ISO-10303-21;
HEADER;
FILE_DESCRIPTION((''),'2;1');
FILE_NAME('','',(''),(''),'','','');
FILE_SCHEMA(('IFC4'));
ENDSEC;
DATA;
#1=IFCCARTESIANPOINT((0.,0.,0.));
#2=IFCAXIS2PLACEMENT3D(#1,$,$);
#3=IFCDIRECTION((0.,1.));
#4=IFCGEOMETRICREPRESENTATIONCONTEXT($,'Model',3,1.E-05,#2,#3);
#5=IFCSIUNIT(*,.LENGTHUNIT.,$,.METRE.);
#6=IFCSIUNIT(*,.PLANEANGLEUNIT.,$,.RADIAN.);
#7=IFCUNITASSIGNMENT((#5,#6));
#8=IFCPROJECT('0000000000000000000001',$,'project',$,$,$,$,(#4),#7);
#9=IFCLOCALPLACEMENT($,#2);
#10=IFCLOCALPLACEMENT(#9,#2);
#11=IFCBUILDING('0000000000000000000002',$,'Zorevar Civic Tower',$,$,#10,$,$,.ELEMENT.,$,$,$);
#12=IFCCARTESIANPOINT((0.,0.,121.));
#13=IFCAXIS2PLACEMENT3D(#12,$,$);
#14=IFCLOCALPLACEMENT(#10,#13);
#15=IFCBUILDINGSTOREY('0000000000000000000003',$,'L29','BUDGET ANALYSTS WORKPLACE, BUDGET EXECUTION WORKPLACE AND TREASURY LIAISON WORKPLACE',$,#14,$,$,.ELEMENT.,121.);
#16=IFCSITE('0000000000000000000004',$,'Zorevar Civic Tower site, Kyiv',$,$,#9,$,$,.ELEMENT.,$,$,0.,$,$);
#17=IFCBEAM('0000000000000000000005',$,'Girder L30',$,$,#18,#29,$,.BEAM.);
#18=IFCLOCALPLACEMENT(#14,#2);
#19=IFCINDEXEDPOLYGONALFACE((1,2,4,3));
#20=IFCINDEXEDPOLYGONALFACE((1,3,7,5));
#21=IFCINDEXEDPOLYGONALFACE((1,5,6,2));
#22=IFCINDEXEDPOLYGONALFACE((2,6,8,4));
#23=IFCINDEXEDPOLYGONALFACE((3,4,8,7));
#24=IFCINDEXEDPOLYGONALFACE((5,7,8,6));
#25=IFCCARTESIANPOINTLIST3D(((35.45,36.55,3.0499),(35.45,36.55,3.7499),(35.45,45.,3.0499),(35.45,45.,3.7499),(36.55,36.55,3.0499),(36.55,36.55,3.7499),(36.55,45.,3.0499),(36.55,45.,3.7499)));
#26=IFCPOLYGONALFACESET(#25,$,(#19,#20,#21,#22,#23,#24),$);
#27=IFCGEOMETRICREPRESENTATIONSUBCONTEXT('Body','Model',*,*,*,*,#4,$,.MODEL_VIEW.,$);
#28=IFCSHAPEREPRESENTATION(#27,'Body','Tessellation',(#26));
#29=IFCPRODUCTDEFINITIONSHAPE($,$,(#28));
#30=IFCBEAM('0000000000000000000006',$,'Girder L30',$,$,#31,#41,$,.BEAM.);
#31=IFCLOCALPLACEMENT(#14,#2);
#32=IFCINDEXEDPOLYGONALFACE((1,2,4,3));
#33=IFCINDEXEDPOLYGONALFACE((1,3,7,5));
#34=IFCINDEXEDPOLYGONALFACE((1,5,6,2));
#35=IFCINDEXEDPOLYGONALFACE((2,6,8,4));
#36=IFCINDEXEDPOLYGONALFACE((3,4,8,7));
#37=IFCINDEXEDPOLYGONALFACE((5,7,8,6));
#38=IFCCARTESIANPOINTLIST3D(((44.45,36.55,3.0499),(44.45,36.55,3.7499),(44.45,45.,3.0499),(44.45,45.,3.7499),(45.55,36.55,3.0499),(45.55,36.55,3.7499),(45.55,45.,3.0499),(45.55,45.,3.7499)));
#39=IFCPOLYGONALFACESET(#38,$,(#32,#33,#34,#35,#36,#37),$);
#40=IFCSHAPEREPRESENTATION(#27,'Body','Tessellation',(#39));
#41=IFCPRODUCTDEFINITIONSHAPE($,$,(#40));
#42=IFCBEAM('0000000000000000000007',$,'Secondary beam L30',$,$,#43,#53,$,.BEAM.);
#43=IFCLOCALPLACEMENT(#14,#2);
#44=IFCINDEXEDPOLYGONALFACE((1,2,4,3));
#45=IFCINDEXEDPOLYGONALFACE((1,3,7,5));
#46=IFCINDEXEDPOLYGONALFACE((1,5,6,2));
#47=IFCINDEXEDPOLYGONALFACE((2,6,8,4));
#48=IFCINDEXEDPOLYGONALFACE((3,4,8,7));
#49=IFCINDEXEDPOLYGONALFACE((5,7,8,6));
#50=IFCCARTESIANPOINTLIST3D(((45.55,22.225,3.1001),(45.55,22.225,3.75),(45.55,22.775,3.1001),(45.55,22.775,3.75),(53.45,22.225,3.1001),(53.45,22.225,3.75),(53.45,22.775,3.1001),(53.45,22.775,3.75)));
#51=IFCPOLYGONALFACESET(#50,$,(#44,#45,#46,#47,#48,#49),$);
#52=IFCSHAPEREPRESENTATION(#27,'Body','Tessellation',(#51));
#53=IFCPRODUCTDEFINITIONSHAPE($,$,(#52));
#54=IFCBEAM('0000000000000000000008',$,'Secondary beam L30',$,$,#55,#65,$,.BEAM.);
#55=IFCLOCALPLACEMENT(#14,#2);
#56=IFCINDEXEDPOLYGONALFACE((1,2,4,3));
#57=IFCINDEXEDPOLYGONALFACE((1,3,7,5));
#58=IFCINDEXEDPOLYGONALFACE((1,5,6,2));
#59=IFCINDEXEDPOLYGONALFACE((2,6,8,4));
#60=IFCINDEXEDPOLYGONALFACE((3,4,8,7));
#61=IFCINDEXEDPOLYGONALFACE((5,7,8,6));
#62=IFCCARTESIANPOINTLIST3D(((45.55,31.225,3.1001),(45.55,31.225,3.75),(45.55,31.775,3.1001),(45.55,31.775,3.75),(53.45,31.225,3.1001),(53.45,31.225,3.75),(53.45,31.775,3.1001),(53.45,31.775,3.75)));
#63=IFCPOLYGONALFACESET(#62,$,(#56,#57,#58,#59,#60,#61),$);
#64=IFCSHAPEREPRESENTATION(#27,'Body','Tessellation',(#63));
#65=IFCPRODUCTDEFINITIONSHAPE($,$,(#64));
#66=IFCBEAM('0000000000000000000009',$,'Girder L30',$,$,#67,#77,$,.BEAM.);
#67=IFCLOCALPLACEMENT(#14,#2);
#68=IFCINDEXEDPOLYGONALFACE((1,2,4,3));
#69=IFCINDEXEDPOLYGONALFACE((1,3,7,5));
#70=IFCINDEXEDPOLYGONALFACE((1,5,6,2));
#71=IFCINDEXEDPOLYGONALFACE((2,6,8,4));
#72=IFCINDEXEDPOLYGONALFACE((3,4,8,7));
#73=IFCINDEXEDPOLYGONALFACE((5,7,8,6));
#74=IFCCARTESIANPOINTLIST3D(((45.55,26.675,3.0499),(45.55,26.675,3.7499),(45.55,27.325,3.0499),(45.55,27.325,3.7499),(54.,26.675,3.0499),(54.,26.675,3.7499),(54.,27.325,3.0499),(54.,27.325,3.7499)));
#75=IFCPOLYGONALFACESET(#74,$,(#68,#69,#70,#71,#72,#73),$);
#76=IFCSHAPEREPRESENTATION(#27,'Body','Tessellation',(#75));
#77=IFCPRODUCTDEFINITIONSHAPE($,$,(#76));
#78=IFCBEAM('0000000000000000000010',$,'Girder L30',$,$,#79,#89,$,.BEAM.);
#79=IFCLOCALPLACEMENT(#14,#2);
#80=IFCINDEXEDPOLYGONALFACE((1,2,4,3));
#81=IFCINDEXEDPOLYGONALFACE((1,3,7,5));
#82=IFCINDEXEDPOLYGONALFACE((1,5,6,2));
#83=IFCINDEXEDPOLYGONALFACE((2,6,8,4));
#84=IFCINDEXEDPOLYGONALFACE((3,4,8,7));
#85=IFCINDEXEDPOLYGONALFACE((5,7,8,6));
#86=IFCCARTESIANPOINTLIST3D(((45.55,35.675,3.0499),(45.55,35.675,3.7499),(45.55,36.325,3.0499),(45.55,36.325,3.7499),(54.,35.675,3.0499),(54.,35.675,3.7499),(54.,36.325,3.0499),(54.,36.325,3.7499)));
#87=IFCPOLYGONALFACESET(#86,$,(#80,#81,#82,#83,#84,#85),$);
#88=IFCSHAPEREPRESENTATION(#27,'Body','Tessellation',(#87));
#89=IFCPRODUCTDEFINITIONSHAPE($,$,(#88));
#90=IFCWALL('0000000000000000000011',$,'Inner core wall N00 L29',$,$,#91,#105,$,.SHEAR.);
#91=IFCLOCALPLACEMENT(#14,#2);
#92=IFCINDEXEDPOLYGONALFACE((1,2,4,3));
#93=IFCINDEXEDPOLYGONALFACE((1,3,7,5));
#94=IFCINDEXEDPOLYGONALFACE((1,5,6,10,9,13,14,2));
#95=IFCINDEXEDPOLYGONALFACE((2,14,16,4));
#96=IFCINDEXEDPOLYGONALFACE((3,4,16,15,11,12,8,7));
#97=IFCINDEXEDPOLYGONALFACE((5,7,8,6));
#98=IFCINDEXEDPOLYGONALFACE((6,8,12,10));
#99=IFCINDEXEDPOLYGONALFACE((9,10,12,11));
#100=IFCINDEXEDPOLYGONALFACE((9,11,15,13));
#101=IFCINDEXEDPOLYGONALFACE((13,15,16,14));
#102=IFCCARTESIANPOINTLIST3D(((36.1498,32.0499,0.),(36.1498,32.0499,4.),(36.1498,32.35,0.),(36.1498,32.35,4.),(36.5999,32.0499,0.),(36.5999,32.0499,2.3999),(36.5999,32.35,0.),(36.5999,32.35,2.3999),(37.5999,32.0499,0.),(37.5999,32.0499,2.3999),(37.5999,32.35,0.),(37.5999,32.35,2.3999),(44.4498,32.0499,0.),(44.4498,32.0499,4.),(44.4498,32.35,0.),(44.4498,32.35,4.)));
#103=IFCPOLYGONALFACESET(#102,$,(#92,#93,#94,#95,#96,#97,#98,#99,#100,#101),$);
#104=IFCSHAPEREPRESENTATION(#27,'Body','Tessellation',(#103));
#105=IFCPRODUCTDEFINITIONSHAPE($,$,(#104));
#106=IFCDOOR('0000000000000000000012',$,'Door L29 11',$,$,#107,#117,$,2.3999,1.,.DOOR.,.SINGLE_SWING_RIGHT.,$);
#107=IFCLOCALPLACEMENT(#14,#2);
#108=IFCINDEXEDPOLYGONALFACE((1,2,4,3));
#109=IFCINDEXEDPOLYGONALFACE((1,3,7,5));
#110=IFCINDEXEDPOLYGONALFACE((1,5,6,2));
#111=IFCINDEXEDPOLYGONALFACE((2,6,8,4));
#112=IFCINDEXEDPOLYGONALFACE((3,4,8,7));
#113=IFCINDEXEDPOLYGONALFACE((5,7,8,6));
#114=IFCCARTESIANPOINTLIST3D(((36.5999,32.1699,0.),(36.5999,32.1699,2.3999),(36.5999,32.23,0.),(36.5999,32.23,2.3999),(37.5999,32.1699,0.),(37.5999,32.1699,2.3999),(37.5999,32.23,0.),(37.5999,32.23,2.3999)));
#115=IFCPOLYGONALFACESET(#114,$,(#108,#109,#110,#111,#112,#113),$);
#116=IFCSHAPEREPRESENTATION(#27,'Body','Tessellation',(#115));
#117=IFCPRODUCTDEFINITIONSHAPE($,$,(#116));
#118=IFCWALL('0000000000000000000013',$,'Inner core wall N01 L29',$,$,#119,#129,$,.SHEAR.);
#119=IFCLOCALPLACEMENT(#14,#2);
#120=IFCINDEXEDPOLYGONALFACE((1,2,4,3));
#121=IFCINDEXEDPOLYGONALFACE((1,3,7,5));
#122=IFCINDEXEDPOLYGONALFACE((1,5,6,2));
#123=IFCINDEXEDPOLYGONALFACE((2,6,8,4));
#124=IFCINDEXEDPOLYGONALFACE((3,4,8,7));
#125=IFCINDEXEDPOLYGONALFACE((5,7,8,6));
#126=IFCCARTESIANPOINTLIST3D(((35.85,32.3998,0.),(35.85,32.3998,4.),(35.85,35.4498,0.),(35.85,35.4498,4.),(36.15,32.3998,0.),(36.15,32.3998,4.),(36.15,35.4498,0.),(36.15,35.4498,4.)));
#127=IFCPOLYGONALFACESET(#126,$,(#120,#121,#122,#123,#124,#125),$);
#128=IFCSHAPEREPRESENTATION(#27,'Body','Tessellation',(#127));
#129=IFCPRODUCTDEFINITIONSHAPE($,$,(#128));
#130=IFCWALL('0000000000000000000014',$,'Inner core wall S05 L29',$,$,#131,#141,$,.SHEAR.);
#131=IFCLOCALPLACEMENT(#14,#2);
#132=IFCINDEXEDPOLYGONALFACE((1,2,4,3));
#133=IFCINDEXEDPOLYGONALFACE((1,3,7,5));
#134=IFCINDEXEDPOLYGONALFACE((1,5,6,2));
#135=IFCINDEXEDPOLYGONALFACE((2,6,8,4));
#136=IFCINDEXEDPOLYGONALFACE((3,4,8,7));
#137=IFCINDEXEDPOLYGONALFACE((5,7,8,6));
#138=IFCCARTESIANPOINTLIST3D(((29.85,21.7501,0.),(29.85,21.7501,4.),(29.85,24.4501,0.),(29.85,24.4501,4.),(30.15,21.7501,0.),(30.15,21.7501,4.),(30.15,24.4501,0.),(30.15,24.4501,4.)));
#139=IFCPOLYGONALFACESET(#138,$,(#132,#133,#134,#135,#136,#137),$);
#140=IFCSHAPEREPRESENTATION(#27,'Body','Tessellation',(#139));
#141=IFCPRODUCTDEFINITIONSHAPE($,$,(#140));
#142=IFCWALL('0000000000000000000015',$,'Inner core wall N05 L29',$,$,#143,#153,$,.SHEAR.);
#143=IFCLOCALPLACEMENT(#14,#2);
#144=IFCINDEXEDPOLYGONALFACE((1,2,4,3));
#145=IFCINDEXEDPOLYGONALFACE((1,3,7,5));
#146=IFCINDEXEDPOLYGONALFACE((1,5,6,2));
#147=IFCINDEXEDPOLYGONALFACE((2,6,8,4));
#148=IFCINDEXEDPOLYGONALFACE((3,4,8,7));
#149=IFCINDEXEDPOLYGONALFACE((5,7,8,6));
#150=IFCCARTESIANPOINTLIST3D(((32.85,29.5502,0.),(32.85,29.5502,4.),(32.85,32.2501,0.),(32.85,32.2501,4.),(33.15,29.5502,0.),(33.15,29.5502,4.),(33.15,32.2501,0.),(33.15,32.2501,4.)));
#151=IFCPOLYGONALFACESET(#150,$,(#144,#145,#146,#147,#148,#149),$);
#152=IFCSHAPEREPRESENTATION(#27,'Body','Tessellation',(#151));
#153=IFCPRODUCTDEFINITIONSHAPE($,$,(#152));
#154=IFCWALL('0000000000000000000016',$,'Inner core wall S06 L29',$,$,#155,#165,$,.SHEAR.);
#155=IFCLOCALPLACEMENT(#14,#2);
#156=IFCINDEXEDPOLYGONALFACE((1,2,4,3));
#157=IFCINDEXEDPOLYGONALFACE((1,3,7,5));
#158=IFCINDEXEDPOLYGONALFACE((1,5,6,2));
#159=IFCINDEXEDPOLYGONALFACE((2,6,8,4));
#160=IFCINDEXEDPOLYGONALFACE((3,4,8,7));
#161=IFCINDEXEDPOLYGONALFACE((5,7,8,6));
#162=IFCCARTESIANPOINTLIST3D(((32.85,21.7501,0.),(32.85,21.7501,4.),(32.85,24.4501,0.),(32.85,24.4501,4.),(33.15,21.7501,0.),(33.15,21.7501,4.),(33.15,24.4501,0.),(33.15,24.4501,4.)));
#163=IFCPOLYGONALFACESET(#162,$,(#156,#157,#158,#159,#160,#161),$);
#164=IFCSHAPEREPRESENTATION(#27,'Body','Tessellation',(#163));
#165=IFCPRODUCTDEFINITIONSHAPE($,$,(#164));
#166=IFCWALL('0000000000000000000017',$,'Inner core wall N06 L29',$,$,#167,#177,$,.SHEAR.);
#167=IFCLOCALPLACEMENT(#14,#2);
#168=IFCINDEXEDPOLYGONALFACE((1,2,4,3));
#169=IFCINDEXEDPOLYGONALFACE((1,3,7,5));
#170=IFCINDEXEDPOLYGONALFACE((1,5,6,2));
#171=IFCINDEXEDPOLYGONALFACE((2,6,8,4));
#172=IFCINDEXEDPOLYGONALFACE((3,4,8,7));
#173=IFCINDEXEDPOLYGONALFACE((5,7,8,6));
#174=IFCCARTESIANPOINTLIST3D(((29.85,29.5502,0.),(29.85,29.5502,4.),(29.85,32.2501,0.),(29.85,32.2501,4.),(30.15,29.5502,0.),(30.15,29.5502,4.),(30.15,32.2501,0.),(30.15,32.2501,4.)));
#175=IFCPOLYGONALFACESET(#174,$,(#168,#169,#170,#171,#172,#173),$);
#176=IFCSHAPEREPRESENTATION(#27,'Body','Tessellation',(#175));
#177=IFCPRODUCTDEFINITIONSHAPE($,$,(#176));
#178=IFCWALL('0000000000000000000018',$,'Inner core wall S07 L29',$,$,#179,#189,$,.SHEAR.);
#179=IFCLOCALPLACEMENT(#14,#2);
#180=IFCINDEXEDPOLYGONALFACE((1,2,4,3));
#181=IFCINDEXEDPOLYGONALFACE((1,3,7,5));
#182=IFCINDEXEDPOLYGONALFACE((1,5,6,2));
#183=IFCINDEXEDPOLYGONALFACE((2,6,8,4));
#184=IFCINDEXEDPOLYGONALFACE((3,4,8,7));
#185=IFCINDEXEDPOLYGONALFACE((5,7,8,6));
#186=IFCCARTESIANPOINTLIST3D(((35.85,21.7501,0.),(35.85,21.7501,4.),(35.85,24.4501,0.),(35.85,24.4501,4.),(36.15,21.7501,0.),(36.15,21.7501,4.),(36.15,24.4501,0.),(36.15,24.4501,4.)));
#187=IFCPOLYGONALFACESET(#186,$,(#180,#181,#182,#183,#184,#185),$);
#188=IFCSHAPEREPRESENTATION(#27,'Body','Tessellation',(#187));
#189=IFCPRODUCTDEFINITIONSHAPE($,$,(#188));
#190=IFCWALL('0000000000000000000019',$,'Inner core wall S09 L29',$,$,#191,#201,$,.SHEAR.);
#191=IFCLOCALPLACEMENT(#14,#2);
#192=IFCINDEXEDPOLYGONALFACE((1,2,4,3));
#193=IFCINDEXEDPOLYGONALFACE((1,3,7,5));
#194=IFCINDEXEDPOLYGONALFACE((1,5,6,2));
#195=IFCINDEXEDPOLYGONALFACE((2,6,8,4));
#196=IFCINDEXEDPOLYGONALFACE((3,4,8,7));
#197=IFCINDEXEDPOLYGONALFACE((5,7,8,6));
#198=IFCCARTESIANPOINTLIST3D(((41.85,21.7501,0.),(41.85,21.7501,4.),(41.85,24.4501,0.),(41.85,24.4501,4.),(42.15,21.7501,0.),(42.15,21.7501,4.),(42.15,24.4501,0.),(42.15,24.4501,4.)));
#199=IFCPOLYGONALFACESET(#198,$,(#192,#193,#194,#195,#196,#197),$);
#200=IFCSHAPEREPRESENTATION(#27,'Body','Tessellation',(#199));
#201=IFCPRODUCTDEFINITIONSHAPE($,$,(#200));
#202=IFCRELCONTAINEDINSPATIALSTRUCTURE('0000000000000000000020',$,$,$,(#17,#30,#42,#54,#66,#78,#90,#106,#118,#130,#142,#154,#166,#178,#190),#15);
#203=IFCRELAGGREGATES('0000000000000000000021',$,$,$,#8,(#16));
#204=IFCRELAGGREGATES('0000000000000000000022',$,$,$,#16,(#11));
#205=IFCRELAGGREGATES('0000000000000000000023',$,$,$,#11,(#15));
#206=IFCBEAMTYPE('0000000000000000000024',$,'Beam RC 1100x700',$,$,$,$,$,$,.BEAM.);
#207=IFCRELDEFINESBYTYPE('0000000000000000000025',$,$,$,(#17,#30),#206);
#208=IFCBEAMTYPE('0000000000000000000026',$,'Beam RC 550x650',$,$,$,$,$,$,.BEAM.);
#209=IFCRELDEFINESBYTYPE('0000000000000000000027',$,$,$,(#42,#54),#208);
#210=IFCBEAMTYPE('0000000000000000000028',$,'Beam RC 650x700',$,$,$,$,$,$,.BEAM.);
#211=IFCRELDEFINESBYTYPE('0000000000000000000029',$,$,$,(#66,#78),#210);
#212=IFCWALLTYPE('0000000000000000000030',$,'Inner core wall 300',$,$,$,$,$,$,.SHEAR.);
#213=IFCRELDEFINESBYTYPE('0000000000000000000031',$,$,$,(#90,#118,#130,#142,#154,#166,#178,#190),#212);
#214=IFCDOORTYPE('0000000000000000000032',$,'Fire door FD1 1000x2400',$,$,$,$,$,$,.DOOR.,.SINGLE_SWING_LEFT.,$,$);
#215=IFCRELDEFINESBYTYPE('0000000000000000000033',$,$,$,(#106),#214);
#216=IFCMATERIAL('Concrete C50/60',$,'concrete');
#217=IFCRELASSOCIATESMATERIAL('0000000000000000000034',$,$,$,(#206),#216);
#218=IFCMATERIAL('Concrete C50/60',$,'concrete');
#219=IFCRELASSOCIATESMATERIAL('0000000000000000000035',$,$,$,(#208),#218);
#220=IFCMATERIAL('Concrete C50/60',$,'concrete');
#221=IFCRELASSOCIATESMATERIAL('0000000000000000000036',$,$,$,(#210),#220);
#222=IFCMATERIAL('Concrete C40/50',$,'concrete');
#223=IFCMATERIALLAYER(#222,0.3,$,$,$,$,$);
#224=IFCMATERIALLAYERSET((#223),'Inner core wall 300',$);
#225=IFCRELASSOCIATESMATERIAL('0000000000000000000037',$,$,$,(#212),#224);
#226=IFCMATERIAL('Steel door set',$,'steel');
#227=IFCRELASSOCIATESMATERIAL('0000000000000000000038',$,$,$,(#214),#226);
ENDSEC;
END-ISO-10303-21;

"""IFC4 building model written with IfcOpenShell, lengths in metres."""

from ifc_helpers import new_model, si_unit, direction, frame, frame_2d, origin, origin_2d, place, context, subcontext, project, spatial, rectangle, extrude, material, layer, layer_set, material_profile, profile_set, type_object, element, fill, save


model = new_model("IFC4")

# Units and contexts
model_context = context("Model", 3, precision=1e-05, world=origin(), true_north=direction((0.0, 1.0)))
body_context = subcontext(model_context, "Body", "Model", "MODEL_VIEW")
ifc_project = project(units=[si_unit("LENGTHUNIT", "METRE"), si_unit("PLANEANGLEUNIT", "RADIAN")], contexts=[model_context])

# Site, building, storey
site_placement = place(None, origin())
site = spatial("IfcSite", under=ifc_project, at=site_placement, Name="Zorevar Civic Tower site, Kyiv", CompositionType="ELEMENT", RefElevation=0.0)
building_placement = place(site_placement, origin())
building = spatial("IfcBuilding", under=site, at=building_placement, Name="Zorevar Civic Tower", CompositionType="ELEMENT")
storey_placement = place(building_placement, frame((0.0, 0.0, 121.0)))
storey = spatial("IfcBuildingStorey", under=building, at=storey_placement, Name="L29", Description="BUDGET ANALYSTS WORKPLACE, BUDGET EXECUTION WORKPLACE AND TREASURY LIAISON WORKPLACE", CompositionType="ELEMENT", Elevation=121.0)

# Beams
ifc_material_1 = material(Name="Concrete C50/60", Category="concrete")
ifc_material_profile_1 = material_profile(ifc_material_1, rectangle(XDim=1.1001, YDim=0.7, at=origin_2d()), Name="RC 1100x700")
ifc_profile_set_1 = profile_set([ifc_material_profile_1], Name="Concrete C50/60")
beam_type_1 = type_object("IfcBeamType", Name="Beam RC 1100x700", PredefinedType="BEAM", material=ifc_profile_set_1)
for number, where, z_axis, x_axis, name in (
    (1, (36.0, 36.55, 3.3999), (0.0, 1.0, 0.0), (-1.0, 0.0, 0.0), "Girder L30"),
    (2, (45.0, 36.55, 3.3999), (0.0, 1.0, 0.0), (-1.0, 0.0, 0.0), "Girder L30"),
):
    element("IfcBeam", number, at=place(storey_placement, frame(where, z_axis=z_axis, x_axis=x_axis)), inside=storey, type_object=beam_type_1, Name=name, PredefinedType="BEAM", context=body_context, shape_type="SweptSolid", body=[
        extrude(rectangle(XDim=1.1001, YDim=0.7, at=origin_2d()), origin(), (0.0, 0.0, 1.0), 8.45),
    ])
ifc_material_2 = material(Name="Concrete C50/60", Category="concrete")
ifc_material_profile_2 = material_profile(ifc_material_2, rectangle(XDim=0.55, YDim=0.6499, at=origin_2d()), Name="RC 550x650")
ifc_profile_set_2 = profile_set([ifc_material_profile_2], Name="Concrete C50/60")
beam_type_2 = type_object("IfcBeamType", Name="Beam RC 550x650", PredefinedType="BEAM", material=ifc_profile_set_2)
for number, where, z_axis, x_axis, name in (
    (3, (45.55, 22.5, 3.425), (1.0, 0.0, 0.0), (0.0, 1.0, 0.0), "Secondary beam L30"),
    (4, (45.55, 31.5, 3.425), (1.0, 0.0, 0.0), (0.0, 1.0, 0.0), "Secondary beam L30"),
):
    element("IfcBeam", number, at=place(storey_placement, frame(where, z_axis=z_axis, x_axis=x_axis)), inside=storey, type_object=beam_type_2, Name=name, PredefinedType="BEAM", context=body_context, shape_type="SweptSolid", body=[
        extrude(rectangle(XDim=0.55, YDim=0.6499, at=origin_2d()), origin(), (0.0, 0.0, 1.0), 7.8999),
    ])
ifc_material_3 = material(Name="Concrete C50/60", Category="concrete")
ifc_material_profile_3 = material_profile(ifc_material_3, rectangle(XDim=0.6499, YDim=0.7, at=origin_2d()), Name="RC 650x700")
ifc_profile_set_3 = profile_set([ifc_material_profile_3], Name="Concrete C50/60")
beam_type_3 = type_object("IfcBeamType", Name="Beam RC 650x700", PredefinedType="BEAM", material=ifc_profile_set_3)
for number, where, z_axis, x_axis, name in (
    (5, (45.55, 27.0, 3.3999), (1.0, 0.0, 0.0), (0.0, 1.0, 0.0), "Girder L30"),
    (6, (45.55, 36.0, 3.3999), (1.0, 0.0, 0.0), (0.0, 1.0, 0.0), "Girder L30"),
):
    element("IfcBeam", number, at=place(storey_placement, frame(where, z_axis=z_axis, x_axis=x_axis)), inside=storey, type_object=beam_type_3, Name=name, PredefinedType="BEAM", context=body_context, shape_type="SweptSolid", body=[
        extrude(rectangle(XDim=0.6499, YDim=0.7, at=origin_2d()), origin(), (0.0, 0.0, 1.0), 8.45),
    ])

# Wall, opening, door
ifc_material_4 = material(Name="Concrete C40/50", Category="concrete")
ifc_layer_1 = layer(ifc_material_4, 0.3)
ifc_layer_set_1 = layer_set([ifc_layer_1], Name="Inner core wall 300")
wall_type_1 = type_object("IfcWallType", Name="Inner core wall 300", PredefinedType="SHEAR", material=ifc_layer_set_1)
wall_1_placement = place(storey_placement, frame((36.1499, 32.2, 0.0), z_axis=(0.0, 0.0, 1.0), x_axis=(1.0, 0.0, 0.0)))
wall_1 = element("IfcWall", 7, at=wall_1_placement, inside=storey, type_object=wall_type_1, Name="Inner core wall N00 L29", PredefinedType="SHEAR", context=body_context, shape_type="SweptSolid", body=[
    extrude(rectangle(XDim=8.3, YDim=0.3, at=frame_2d((4.1499, 0.0))), origin(), (0.0, 0.0, 1.0), 4.0),
])
opening_1_placement = place(wall_1_placement, frame((0.45, 0.0, 0.0)))
opening_1 = element("IfcOpeningElement", 8, at=opening_1_placement, cuts=wall_1, PredefinedType="OPENING", context=body_context, shape_type="SweptSolid", body=[
    extrude(rectangle(XDim=1.0, YDim=2.3999, at=frame_2d((0.5, 1.2))), frame((0.0, 0.1599, 0.0), z_axis=(0.0, -1.0, 0.0), x_axis=(1.0, 0.0, 0.0)), (0.0, 0.0, 1.0), 0.3201),
])
ifc_material_5 = material(Name="Steel door set", Category="steel")
door_type_1 = type_object("IfcDoorType", Name="Fire door FD1 1000x2400", OperationType="SINGLE_SWING_LEFT", PredefinedType="DOOR", material=ifc_material_5)
door_1_placement = place(opening_1_placement, origin())
door_1 = element("IfcDoor", 9, at=door_1_placement, inside=storey, type_object=door_type_1, Name="Door L29 11", OperationType="SINGLE_SWING_RIGHT", OverallHeight=2.3999, OverallWidth=1.0, PredefinedType="DOOR", context=body_context, shape_type="SweptSolid", body=[
    extrude(rectangle(XDim=1.0, YDim=2.3999, at=frame_2d((0.5, 1.2))), frame((0.0, 0.03, 0.0), z_axis=(0.0, -1.0, 0.0), x_axis=(1.0, 0.0, 0.0)), (0.0, 0.0, 1.0), 0.0601),
])
fill(opening_1, door_1)

# Wall
wall_2_placement = place(storey_placement, frame((36.0, 32.3999, 0.0), z_axis=(0.0, 0.0, 1.0), x_axis=(0.0, 1.0, 0.0)))
element("IfcWall", 10, at=wall_2_placement, inside=storey, type_object=wall_type_1, Name="Inner core wall N01 L29", PredefinedType="SHEAR", context=body_context, shape_type="SweptSolid", body=[
    extrude(rectangle(XDim=3.05, YDim=0.3, at=frame_2d((1.5249, 0.0))), origin(), (0.0, 0.0, 1.0), 4.0),
])

# Walls
for number, where, z_axis, x_axis, name in (
    (11, (30.0, 21.75, 0.0), (0.0, 0.0, 1.0), (0.0, 1.0, 0.0), "Inner core wall S05 L29"),
    (12, (33.0, 29.55, 0.0), (0.0, 0.0, 1.0), (0.0, 1.0, 0.0), "Inner core wall N05 L29"),
    (13, (33.0, 21.75, 0.0), (0.0, 0.0, 1.0), (0.0, 1.0, 0.0), "Inner core wall S06 L29"),
    (14, (30.0, 29.55, 0.0), (0.0, 0.0, 1.0), (0.0, 1.0, 0.0), "Inner core wall N06 L29"),
    (15, (36.0, 21.75, 0.0), (0.0, 0.0, 1.0), (0.0, 1.0, 0.0), "Inner core wall S07 L29"),
    (16, (42.0, 21.75, 0.0), (0.0, 0.0, 1.0), (0.0, 1.0, 0.0), "Inner core wall S09 L29"),
):
    element("IfcWall", number, at=place(storey_placement, frame(where, z_axis=z_axis, x_axis=x_axis)), inside=storey, type_object=wall_type_1, Name=name, PredefinedType="SHEAR", context=body_context, shape_type="SweptSolid", body=[
        extrude(rectangle(XDim=2.7, YDim=0.3, at=frame_2d((1.3501, 0.0))), origin(), (0.0, 0.0, 1.0), 4.0),
    ])

save(model, "model.ifc")
